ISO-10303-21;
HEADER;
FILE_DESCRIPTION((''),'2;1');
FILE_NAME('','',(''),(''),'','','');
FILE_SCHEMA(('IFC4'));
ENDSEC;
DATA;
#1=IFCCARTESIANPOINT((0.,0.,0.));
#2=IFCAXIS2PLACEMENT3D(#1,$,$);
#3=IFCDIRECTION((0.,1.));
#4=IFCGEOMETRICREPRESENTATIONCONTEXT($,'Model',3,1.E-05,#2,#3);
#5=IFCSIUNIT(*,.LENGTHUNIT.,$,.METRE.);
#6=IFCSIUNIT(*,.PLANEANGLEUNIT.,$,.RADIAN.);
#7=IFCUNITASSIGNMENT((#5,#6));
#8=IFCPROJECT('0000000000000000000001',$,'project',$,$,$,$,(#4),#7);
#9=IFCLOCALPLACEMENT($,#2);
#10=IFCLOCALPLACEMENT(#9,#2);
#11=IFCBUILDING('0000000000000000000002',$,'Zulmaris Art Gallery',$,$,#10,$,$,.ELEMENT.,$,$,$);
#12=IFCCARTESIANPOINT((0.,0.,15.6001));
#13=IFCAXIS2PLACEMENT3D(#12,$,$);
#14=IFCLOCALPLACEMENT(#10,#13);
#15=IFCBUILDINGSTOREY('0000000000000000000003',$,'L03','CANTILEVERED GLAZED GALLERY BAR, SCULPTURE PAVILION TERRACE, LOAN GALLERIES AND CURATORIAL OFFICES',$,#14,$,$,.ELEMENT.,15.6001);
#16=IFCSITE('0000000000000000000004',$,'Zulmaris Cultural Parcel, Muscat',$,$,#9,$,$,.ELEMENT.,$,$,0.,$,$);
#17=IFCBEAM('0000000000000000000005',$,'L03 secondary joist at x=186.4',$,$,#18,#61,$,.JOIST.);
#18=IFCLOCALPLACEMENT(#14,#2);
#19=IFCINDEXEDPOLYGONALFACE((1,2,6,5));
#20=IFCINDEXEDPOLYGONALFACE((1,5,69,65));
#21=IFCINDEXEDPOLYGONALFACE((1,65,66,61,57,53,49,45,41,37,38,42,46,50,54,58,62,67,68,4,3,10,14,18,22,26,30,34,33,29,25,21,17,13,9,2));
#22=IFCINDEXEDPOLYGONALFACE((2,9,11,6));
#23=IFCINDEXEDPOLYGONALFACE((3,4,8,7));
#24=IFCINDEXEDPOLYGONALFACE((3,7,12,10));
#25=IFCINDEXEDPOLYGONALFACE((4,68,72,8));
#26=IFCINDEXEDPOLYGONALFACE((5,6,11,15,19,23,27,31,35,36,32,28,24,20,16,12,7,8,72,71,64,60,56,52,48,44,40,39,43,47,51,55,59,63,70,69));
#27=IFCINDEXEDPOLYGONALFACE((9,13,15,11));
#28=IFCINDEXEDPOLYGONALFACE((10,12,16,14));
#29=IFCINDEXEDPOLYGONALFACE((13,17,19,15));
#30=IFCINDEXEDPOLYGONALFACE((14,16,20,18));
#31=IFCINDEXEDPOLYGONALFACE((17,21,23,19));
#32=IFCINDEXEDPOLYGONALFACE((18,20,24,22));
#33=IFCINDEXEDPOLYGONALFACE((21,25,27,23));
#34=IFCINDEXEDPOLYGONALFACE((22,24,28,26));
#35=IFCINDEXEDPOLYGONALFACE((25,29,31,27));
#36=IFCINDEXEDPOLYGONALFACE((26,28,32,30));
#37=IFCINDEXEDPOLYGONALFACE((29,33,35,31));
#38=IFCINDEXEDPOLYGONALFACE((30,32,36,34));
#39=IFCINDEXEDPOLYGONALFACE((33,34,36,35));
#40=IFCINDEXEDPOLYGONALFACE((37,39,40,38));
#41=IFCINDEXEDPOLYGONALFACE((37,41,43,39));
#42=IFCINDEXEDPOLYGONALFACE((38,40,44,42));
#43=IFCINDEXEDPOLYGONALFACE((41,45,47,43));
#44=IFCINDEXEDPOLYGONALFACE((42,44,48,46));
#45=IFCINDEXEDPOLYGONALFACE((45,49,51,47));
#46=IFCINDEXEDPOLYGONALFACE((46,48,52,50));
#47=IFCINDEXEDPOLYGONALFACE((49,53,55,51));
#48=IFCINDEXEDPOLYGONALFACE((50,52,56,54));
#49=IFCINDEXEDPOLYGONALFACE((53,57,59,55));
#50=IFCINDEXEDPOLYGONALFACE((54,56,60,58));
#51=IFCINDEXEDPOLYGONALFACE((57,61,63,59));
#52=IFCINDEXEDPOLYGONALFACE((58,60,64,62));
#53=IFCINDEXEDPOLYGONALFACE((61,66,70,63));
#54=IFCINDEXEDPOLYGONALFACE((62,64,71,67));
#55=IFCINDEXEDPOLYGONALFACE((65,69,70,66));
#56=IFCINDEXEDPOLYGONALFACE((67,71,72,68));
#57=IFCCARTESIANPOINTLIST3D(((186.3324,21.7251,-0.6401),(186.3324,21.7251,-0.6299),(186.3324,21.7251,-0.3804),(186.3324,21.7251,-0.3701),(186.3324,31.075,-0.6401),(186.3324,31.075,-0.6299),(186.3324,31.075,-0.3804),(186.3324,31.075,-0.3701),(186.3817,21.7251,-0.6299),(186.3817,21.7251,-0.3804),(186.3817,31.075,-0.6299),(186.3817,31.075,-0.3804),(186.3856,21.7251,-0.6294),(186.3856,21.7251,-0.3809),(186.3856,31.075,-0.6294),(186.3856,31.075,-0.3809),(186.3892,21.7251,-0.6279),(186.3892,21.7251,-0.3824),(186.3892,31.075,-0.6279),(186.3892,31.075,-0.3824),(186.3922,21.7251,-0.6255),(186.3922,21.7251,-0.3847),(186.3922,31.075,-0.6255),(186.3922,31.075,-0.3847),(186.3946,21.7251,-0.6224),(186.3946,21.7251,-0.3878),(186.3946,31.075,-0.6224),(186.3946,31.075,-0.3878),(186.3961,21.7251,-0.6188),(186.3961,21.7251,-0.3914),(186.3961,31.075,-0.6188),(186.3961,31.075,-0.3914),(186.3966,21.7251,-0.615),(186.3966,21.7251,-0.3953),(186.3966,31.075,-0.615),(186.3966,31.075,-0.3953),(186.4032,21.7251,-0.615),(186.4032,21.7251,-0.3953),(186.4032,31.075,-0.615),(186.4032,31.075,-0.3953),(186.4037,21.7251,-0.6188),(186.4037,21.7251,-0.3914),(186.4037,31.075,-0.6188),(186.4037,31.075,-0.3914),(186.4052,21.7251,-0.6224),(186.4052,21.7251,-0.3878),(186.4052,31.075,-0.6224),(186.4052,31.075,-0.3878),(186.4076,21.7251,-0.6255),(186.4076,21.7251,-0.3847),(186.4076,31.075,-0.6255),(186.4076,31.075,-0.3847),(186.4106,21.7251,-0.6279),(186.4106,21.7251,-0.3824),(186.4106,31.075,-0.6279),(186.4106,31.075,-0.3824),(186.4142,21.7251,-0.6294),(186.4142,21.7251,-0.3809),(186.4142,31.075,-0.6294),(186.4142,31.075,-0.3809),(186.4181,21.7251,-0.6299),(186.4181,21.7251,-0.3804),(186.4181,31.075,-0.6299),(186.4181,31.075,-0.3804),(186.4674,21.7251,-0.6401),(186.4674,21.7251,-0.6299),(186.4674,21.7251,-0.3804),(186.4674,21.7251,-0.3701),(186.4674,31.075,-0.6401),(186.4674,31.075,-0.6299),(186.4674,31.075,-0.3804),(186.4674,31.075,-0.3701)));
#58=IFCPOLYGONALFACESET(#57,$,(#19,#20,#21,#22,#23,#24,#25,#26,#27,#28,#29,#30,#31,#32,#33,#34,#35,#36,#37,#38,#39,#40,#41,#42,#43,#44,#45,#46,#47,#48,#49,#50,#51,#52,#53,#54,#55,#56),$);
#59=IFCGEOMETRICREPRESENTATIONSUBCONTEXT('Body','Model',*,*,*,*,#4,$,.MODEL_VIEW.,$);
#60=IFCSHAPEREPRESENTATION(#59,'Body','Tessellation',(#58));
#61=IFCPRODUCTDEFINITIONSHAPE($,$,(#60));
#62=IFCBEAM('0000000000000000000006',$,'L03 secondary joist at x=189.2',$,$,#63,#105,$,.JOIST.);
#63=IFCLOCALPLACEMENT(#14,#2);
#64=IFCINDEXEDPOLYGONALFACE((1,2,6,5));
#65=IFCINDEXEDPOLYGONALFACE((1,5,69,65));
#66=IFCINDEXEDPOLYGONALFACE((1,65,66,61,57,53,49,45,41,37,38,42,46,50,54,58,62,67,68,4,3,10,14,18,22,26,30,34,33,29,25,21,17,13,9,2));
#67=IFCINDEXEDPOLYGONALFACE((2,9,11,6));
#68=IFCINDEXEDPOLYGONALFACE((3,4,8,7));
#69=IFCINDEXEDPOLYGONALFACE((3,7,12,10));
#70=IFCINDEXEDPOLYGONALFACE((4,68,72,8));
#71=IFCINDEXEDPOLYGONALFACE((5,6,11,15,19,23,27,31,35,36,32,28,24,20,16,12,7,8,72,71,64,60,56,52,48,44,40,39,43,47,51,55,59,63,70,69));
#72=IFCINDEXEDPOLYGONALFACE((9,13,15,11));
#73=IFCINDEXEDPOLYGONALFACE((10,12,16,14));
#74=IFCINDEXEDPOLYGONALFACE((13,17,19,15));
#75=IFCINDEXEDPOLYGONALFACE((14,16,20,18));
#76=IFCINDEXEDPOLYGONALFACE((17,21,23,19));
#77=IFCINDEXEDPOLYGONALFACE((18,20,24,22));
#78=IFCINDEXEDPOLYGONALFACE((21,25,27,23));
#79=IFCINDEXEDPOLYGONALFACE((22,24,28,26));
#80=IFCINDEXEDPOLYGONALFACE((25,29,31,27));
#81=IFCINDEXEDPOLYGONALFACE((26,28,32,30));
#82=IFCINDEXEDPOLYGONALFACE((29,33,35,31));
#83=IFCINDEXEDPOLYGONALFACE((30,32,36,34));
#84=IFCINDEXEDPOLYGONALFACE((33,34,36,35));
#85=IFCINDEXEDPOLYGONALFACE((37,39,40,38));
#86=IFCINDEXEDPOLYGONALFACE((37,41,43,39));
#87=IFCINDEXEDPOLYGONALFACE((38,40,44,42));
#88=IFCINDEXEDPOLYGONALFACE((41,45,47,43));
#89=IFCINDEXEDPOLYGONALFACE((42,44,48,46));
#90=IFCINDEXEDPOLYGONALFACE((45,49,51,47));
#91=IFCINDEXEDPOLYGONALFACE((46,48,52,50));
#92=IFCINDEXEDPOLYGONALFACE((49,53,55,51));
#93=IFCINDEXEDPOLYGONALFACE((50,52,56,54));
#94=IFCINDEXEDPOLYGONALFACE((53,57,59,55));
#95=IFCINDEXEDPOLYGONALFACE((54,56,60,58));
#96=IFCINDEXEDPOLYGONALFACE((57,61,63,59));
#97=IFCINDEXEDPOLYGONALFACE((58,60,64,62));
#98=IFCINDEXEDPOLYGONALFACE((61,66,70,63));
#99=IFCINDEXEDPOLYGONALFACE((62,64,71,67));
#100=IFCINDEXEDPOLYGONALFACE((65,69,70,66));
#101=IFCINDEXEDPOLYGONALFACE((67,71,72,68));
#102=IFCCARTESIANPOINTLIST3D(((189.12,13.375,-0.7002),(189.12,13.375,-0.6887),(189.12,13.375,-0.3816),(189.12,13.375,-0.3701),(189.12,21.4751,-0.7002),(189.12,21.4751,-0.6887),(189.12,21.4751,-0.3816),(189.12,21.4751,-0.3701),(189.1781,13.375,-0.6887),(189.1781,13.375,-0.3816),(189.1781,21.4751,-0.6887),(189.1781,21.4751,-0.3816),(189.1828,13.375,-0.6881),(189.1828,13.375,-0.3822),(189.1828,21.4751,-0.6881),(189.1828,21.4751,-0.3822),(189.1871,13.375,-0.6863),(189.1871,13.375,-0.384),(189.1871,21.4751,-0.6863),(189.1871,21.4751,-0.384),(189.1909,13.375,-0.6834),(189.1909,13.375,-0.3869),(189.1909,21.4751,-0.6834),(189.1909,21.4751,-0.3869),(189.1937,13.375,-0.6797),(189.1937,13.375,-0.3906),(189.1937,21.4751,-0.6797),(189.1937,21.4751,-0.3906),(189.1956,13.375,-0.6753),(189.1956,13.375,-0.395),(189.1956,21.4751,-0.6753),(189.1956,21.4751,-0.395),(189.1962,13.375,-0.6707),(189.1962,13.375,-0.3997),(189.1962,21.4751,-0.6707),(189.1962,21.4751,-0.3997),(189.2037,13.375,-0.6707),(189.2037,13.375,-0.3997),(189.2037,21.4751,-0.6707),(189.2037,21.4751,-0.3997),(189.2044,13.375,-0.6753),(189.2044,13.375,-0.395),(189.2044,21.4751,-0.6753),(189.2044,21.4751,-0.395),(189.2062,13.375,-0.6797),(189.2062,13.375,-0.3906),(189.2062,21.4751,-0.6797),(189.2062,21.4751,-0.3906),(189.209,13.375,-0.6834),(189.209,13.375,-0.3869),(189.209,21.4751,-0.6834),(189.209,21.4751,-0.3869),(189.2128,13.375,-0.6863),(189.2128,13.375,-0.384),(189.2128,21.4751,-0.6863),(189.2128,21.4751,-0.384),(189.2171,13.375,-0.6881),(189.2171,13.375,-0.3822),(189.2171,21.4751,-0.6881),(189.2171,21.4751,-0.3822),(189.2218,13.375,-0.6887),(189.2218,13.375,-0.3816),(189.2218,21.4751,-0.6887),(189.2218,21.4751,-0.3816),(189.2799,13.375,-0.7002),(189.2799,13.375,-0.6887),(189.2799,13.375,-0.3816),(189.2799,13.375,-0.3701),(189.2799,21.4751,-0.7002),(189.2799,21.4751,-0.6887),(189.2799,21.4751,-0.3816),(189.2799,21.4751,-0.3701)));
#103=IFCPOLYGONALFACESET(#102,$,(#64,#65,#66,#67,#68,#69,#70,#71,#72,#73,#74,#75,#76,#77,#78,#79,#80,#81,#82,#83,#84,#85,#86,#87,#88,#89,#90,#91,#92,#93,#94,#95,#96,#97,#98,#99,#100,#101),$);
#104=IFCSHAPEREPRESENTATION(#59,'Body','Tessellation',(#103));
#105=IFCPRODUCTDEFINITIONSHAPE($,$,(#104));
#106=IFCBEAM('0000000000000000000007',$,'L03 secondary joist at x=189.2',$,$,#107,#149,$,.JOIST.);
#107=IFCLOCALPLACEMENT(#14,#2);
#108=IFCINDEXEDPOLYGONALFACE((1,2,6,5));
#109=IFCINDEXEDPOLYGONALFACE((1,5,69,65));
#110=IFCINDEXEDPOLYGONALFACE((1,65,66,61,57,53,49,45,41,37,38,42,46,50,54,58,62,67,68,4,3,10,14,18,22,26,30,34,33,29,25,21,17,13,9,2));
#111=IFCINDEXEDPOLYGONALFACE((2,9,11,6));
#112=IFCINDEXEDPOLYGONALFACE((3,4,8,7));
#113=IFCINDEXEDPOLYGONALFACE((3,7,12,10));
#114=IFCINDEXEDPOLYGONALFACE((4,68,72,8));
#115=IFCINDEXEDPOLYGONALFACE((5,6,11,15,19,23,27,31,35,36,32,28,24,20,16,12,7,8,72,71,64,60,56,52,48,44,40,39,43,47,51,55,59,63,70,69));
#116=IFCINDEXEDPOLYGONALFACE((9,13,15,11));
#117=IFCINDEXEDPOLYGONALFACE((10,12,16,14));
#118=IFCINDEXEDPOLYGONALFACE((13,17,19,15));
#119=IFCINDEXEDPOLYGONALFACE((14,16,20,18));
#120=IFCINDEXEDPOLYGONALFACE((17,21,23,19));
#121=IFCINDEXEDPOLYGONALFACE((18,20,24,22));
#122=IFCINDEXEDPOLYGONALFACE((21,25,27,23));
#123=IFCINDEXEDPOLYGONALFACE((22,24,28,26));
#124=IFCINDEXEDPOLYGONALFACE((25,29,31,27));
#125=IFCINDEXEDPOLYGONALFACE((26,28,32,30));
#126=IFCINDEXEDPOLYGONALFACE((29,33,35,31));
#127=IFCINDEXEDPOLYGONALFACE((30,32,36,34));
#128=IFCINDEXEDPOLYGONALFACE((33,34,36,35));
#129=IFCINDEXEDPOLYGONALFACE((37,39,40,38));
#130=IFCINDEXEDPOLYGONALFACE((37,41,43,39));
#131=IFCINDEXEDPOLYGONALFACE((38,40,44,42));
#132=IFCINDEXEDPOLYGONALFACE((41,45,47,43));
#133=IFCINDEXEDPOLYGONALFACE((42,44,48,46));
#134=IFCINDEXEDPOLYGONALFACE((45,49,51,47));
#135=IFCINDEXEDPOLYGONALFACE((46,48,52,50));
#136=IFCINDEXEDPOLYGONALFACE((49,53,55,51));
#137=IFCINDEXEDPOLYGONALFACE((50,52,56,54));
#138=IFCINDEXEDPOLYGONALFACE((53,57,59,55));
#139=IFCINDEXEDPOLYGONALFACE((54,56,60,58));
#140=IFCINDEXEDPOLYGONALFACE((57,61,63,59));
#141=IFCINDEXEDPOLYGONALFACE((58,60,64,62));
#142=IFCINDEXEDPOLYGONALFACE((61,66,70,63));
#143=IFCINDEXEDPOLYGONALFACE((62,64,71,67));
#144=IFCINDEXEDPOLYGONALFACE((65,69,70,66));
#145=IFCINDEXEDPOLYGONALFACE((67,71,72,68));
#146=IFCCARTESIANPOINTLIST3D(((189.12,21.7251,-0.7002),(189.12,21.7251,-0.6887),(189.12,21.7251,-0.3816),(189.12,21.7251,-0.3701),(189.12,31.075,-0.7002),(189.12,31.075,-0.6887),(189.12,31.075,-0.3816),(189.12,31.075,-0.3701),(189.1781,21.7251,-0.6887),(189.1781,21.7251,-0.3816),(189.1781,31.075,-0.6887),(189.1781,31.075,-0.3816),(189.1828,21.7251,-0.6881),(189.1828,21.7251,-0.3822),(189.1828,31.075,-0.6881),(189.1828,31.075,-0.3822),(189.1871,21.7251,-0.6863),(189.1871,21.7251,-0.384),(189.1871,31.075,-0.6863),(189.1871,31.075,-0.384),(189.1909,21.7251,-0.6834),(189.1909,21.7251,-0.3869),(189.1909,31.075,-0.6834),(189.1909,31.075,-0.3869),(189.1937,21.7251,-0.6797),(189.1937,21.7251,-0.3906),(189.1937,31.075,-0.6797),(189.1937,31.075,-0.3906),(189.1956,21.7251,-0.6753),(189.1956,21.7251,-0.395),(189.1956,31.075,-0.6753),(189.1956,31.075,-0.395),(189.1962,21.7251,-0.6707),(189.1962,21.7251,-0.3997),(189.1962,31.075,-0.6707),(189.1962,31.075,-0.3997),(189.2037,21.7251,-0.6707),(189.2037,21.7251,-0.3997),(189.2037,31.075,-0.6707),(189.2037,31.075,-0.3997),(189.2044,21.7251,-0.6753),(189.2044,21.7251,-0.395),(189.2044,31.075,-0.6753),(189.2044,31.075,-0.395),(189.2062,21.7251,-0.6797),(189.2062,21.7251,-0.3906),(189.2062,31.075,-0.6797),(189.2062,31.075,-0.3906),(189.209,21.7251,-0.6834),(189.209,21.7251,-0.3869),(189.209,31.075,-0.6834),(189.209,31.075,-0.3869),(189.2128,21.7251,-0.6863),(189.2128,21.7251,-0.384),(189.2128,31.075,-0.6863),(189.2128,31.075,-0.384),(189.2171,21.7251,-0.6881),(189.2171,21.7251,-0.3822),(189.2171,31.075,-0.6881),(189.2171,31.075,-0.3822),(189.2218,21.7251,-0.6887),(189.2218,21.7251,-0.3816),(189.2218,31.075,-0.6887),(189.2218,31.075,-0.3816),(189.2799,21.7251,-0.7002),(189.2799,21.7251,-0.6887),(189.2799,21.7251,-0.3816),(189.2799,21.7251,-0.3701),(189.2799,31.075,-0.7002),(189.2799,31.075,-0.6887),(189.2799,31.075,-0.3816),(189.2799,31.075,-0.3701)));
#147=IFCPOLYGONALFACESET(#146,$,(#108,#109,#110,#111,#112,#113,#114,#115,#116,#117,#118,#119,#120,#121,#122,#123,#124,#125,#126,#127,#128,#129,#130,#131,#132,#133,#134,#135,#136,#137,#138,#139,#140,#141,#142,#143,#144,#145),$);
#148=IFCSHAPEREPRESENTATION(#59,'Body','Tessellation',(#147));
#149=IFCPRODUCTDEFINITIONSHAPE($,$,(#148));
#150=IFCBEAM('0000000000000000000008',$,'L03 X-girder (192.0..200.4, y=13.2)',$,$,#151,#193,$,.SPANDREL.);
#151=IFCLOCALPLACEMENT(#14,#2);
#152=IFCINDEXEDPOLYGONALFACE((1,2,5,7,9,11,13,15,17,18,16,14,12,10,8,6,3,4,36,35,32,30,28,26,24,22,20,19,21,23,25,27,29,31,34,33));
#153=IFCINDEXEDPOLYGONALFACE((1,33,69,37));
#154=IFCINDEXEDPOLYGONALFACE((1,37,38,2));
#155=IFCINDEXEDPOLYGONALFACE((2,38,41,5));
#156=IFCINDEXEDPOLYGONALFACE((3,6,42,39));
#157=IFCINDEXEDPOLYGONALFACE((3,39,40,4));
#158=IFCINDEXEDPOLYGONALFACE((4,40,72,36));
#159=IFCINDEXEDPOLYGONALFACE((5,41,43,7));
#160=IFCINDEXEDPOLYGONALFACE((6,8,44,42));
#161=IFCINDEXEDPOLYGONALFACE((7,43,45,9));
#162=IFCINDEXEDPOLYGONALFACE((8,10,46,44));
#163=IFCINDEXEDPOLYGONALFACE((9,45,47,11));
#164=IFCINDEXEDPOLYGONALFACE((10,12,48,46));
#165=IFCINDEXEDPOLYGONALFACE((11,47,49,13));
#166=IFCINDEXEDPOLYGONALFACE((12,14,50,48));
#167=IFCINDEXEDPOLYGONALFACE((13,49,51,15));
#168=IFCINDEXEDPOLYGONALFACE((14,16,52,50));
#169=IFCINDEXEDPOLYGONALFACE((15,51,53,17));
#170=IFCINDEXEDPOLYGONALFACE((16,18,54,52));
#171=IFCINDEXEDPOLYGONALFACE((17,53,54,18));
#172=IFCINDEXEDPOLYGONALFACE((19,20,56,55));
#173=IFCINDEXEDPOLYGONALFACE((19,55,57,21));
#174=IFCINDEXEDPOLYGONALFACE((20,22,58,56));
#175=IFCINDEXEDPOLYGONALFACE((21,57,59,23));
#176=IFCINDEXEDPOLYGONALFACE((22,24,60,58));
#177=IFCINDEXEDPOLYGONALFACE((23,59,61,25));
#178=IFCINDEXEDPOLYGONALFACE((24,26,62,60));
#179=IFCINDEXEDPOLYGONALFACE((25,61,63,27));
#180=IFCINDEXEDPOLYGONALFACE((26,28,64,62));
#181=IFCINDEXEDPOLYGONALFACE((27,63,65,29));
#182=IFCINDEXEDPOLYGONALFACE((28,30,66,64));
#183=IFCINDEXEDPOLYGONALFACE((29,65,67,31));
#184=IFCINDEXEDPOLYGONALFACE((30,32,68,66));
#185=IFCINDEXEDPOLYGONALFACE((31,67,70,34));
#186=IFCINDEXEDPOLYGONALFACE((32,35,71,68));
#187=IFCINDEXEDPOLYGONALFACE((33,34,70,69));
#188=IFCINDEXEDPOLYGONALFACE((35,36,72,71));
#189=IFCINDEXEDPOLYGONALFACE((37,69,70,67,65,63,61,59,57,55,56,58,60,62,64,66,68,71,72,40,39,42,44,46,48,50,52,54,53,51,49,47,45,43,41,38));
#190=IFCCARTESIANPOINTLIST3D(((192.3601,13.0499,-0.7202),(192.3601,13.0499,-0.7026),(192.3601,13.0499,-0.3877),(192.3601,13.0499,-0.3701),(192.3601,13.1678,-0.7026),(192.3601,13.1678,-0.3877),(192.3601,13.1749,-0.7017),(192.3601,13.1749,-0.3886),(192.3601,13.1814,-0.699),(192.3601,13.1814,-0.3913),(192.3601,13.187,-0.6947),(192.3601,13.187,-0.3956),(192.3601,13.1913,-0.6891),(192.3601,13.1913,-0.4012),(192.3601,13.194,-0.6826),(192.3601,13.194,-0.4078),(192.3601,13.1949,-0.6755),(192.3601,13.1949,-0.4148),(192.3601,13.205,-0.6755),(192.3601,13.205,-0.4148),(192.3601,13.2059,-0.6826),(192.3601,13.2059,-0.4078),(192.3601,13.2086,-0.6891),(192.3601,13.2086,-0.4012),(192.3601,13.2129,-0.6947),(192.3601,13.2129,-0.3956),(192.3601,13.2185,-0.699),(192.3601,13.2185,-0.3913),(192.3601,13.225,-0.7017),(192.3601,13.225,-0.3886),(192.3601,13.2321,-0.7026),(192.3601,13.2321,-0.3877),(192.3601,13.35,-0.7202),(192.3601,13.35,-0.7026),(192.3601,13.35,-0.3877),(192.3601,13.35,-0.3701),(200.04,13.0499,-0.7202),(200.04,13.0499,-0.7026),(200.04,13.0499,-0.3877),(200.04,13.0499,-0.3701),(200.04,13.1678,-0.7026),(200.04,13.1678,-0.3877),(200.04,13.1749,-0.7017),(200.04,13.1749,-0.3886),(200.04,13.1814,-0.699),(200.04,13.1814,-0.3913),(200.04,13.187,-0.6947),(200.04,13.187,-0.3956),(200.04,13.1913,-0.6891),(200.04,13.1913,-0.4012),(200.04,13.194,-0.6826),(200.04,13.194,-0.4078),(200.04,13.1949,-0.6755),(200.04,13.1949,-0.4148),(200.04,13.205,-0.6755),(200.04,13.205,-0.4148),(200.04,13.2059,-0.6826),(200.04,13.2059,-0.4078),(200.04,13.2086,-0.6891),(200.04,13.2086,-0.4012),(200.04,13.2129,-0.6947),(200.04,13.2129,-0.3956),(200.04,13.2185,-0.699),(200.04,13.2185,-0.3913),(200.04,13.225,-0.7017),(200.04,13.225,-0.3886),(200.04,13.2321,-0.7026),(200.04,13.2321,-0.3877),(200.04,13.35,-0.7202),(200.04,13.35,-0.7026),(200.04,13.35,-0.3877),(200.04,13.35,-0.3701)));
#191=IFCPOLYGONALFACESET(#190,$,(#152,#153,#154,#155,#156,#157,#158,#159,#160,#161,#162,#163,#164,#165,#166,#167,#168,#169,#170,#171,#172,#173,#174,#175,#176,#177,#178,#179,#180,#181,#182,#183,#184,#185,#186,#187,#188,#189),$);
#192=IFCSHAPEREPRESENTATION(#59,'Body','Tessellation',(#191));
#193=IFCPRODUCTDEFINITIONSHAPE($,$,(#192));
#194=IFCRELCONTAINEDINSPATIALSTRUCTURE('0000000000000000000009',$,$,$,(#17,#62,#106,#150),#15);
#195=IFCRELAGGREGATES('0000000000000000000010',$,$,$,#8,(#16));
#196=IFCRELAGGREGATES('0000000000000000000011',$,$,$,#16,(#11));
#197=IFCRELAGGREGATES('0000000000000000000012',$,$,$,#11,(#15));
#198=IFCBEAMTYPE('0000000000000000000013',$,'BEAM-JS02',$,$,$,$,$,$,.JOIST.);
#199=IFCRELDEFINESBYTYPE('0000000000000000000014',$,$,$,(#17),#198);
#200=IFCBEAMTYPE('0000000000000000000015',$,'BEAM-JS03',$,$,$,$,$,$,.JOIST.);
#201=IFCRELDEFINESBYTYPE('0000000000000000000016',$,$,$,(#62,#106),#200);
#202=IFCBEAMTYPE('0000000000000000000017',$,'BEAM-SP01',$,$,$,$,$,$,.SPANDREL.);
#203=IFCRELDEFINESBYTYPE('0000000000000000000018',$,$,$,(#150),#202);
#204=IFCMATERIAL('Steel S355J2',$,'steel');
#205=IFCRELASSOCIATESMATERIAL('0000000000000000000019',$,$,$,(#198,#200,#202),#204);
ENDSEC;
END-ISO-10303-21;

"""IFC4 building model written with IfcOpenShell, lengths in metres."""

from ifc_helpers import new_model, si_unit, direction, frame, origin, origin_2d, place, context, subcontext, project, spatial, i_section, extrude, material, material_profile, profile_set, type_object, element, save


model = new_model("IFC4")

# Units and contexts
model_context = context("Model", 3, precision=1e-05, world=origin(), true_north=direction((0.0, 1.0)))
body_context = subcontext(model_context, "Body", "Model", "MODEL_VIEW")
ifc_project = project(units=[si_unit("LENGTHUNIT", "METRE"), si_unit("PLANEANGLEUNIT", "RADIAN")], contexts=[model_context])

# Site, building, storey
site_placement = place(None, origin())
site = spatial("IfcSite", under=ifc_project, at=site_placement, Name="Zulmaris Cultural Parcel, Muscat", CompositionType="ELEMENT", RefElevation=0.0)
building_placement = place(site_placement, origin())
building = spatial("IfcBuilding", under=site, at=building_placement, Name="Zulmaris Art Gallery", CompositionType="ELEMENT")
storey_placement = place(building_placement, frame((0.0, 0.0, 15.6001)))
storey = spatial("IfcBuildingStorey", under=building, at=storey_placement, Name="L03", Description="CANTILEVERED GLAZED GALLERY BAR, SCULPTURE PAVILION TERRACE, LOAN GALLERIES AND CURATORIAL OFFICES", CompositionType="ELEMENT", Elevation=15.6001)

# Beams
ifc_material_1 = material(Name="Steel S355J2", Category="steel")
ifc_material_profile_1 = material_profile(ifc_material_1, i_section(OverallWidth=0.135, OverallDepth=0.27, WebThickness=0.0066, FlangeThickness=0.0103, FilletRadius=0.0149, at=origin_2d()), Name="IPE 270")
ifc_profile_set_1 = profile_set([ifc_material_profile_1], Name="Steel S355J2")
beam_type_1 = type_object("IfcBeamType", Name="BEAM-JS02", PredefinedType="JOIST", material=ifc_profile_set_1)
beam_1_placement = place(storey_placement, frame((186.3999, 21.7251, -0.5051), z_axis=(0.0, 1.0, 0.0), x_axis=(-1.0, 0.0, 0.0)))
element("IfcBeam", 1, at=beam_1_placement, inside=storey, type_object=beam_type_1, Name="L03 secondary joist at x=186.4", PredefinedType="JOIST", context=body_context, shape_type="SweptSolid", body=[
    extrude(i_section(OverallWidth=0.135, OverallDepth=0.27, WebThickness=0.0066, FlangeThickness=0.0103, FilletRadius=0.0149, at=origin_2d()), origin(), (0.0, 0.0, 1.0), 9.3499),
])
ifc_material_profile_2 = material_profile(ifc_material_1, i_section(OverallWidth=0.1599, OverallDepth=0.3301, WebThickness=0.0076, FlangeThickness=0.0115, FilletRadius=0.0181, at=origin_2d()), Name="IPE 330")
ifc_profile_set_2 = profile_set([ifc_material_profile_2], Name="Steel S355J2")
beam_type_2 = type_object("IfcBeamType", Name="BEAM-JS03", PredefinedType="JOIST", material=ifc_profile_set_2)
beam_2_placement = place(storey_placement, frame((189.2, 13.375, -0.5352), z_axis=(0.0, 1.0, 0.0), x_axis=(-1.0, 0.0, 0.0)))
element("IfcBeam", 2, at=beam_2_placement, inside=storey, type_object=beam_type_2, Name="L03 secondary joist at x=189.2", PredefinedType="JOIST", context=body_context, shape_type="SweptSolid", body=[
    extrude(i_section(OverallWidth=0.1599, OverallDepth=0.3301, WebThickness=0.0076, FlangeThickness=0.0115, FilletRadius=0.0181, at=origin_2d()), origin(), (0.0, 0.0, 1.0), 8.1001),
])
beam_3_placement = place(storey_placement, frame((189.2, 21.7251, -0.5352), z_axis=(0.0, 1.0, 0.0), x_axis=(-1.0, 0.0, 0.0)))
element("IfcBeam", 3, at=beam_3_placement, inside=storey, type_object=beam_type_2, Name="L03 secondary joist at x=189.2", PredefinedType="JOIST", context=body_context, shape_type="SweptSolid", body=[
    extrude(i_section(OverallWidth=0.1599, OverallDepth=0.3301, WebThickness=0.0076, FlangeThickness=0.0115, FilletRadius=0.0181, at=origin_2d()), origin(), (0.0, 0.0, 1.0), 9.3499),
])
ifc_material_profile_3 = material_profile(ifc_material_1, i_section(OverallWidth=0.3, OverallDepth=0.3501, WebThickness=0.01, FlangeThickness=0.0176, FilletRadius=0.0271, at=origin_2d()), Name="HEA 360")
ifc_profile_set_3 = profile_set([ifc_material_profile_3], Name="Steel S355J2")
beam_type_3 = type_object("IfcBeamType", Name="BEAM-SP01", PredefinedType="SPANDREL", material=ifc_profile_set_3)
beam_4_placement = place(storey_placement, frame((192.3601, 13.2, -0.5452), z_axis=(1.0, 0.0, 0.0), x_axis=(0.0, 1.0, 0.0)))
element("IfcBeam", 4, at=beam_4_placement, inside=storey, type_object=beam_type_3, Name="L03 X-girder (192.0..200.4, y=13.2)", PredefinedType="SPANDREL", context=body_context, shape_type="SweptSolid", body=[
    extrude(i_section(OverallWidth=0.3, OverallDepth=0.3501, WebThickness=0.01, FlangeThickness=0.0176, FilletRadius=0.0271, at=origin_2d()), origin(), (0.0, 0.0, 1.0), 7.6799),
])

save(model, "model.ifc")
